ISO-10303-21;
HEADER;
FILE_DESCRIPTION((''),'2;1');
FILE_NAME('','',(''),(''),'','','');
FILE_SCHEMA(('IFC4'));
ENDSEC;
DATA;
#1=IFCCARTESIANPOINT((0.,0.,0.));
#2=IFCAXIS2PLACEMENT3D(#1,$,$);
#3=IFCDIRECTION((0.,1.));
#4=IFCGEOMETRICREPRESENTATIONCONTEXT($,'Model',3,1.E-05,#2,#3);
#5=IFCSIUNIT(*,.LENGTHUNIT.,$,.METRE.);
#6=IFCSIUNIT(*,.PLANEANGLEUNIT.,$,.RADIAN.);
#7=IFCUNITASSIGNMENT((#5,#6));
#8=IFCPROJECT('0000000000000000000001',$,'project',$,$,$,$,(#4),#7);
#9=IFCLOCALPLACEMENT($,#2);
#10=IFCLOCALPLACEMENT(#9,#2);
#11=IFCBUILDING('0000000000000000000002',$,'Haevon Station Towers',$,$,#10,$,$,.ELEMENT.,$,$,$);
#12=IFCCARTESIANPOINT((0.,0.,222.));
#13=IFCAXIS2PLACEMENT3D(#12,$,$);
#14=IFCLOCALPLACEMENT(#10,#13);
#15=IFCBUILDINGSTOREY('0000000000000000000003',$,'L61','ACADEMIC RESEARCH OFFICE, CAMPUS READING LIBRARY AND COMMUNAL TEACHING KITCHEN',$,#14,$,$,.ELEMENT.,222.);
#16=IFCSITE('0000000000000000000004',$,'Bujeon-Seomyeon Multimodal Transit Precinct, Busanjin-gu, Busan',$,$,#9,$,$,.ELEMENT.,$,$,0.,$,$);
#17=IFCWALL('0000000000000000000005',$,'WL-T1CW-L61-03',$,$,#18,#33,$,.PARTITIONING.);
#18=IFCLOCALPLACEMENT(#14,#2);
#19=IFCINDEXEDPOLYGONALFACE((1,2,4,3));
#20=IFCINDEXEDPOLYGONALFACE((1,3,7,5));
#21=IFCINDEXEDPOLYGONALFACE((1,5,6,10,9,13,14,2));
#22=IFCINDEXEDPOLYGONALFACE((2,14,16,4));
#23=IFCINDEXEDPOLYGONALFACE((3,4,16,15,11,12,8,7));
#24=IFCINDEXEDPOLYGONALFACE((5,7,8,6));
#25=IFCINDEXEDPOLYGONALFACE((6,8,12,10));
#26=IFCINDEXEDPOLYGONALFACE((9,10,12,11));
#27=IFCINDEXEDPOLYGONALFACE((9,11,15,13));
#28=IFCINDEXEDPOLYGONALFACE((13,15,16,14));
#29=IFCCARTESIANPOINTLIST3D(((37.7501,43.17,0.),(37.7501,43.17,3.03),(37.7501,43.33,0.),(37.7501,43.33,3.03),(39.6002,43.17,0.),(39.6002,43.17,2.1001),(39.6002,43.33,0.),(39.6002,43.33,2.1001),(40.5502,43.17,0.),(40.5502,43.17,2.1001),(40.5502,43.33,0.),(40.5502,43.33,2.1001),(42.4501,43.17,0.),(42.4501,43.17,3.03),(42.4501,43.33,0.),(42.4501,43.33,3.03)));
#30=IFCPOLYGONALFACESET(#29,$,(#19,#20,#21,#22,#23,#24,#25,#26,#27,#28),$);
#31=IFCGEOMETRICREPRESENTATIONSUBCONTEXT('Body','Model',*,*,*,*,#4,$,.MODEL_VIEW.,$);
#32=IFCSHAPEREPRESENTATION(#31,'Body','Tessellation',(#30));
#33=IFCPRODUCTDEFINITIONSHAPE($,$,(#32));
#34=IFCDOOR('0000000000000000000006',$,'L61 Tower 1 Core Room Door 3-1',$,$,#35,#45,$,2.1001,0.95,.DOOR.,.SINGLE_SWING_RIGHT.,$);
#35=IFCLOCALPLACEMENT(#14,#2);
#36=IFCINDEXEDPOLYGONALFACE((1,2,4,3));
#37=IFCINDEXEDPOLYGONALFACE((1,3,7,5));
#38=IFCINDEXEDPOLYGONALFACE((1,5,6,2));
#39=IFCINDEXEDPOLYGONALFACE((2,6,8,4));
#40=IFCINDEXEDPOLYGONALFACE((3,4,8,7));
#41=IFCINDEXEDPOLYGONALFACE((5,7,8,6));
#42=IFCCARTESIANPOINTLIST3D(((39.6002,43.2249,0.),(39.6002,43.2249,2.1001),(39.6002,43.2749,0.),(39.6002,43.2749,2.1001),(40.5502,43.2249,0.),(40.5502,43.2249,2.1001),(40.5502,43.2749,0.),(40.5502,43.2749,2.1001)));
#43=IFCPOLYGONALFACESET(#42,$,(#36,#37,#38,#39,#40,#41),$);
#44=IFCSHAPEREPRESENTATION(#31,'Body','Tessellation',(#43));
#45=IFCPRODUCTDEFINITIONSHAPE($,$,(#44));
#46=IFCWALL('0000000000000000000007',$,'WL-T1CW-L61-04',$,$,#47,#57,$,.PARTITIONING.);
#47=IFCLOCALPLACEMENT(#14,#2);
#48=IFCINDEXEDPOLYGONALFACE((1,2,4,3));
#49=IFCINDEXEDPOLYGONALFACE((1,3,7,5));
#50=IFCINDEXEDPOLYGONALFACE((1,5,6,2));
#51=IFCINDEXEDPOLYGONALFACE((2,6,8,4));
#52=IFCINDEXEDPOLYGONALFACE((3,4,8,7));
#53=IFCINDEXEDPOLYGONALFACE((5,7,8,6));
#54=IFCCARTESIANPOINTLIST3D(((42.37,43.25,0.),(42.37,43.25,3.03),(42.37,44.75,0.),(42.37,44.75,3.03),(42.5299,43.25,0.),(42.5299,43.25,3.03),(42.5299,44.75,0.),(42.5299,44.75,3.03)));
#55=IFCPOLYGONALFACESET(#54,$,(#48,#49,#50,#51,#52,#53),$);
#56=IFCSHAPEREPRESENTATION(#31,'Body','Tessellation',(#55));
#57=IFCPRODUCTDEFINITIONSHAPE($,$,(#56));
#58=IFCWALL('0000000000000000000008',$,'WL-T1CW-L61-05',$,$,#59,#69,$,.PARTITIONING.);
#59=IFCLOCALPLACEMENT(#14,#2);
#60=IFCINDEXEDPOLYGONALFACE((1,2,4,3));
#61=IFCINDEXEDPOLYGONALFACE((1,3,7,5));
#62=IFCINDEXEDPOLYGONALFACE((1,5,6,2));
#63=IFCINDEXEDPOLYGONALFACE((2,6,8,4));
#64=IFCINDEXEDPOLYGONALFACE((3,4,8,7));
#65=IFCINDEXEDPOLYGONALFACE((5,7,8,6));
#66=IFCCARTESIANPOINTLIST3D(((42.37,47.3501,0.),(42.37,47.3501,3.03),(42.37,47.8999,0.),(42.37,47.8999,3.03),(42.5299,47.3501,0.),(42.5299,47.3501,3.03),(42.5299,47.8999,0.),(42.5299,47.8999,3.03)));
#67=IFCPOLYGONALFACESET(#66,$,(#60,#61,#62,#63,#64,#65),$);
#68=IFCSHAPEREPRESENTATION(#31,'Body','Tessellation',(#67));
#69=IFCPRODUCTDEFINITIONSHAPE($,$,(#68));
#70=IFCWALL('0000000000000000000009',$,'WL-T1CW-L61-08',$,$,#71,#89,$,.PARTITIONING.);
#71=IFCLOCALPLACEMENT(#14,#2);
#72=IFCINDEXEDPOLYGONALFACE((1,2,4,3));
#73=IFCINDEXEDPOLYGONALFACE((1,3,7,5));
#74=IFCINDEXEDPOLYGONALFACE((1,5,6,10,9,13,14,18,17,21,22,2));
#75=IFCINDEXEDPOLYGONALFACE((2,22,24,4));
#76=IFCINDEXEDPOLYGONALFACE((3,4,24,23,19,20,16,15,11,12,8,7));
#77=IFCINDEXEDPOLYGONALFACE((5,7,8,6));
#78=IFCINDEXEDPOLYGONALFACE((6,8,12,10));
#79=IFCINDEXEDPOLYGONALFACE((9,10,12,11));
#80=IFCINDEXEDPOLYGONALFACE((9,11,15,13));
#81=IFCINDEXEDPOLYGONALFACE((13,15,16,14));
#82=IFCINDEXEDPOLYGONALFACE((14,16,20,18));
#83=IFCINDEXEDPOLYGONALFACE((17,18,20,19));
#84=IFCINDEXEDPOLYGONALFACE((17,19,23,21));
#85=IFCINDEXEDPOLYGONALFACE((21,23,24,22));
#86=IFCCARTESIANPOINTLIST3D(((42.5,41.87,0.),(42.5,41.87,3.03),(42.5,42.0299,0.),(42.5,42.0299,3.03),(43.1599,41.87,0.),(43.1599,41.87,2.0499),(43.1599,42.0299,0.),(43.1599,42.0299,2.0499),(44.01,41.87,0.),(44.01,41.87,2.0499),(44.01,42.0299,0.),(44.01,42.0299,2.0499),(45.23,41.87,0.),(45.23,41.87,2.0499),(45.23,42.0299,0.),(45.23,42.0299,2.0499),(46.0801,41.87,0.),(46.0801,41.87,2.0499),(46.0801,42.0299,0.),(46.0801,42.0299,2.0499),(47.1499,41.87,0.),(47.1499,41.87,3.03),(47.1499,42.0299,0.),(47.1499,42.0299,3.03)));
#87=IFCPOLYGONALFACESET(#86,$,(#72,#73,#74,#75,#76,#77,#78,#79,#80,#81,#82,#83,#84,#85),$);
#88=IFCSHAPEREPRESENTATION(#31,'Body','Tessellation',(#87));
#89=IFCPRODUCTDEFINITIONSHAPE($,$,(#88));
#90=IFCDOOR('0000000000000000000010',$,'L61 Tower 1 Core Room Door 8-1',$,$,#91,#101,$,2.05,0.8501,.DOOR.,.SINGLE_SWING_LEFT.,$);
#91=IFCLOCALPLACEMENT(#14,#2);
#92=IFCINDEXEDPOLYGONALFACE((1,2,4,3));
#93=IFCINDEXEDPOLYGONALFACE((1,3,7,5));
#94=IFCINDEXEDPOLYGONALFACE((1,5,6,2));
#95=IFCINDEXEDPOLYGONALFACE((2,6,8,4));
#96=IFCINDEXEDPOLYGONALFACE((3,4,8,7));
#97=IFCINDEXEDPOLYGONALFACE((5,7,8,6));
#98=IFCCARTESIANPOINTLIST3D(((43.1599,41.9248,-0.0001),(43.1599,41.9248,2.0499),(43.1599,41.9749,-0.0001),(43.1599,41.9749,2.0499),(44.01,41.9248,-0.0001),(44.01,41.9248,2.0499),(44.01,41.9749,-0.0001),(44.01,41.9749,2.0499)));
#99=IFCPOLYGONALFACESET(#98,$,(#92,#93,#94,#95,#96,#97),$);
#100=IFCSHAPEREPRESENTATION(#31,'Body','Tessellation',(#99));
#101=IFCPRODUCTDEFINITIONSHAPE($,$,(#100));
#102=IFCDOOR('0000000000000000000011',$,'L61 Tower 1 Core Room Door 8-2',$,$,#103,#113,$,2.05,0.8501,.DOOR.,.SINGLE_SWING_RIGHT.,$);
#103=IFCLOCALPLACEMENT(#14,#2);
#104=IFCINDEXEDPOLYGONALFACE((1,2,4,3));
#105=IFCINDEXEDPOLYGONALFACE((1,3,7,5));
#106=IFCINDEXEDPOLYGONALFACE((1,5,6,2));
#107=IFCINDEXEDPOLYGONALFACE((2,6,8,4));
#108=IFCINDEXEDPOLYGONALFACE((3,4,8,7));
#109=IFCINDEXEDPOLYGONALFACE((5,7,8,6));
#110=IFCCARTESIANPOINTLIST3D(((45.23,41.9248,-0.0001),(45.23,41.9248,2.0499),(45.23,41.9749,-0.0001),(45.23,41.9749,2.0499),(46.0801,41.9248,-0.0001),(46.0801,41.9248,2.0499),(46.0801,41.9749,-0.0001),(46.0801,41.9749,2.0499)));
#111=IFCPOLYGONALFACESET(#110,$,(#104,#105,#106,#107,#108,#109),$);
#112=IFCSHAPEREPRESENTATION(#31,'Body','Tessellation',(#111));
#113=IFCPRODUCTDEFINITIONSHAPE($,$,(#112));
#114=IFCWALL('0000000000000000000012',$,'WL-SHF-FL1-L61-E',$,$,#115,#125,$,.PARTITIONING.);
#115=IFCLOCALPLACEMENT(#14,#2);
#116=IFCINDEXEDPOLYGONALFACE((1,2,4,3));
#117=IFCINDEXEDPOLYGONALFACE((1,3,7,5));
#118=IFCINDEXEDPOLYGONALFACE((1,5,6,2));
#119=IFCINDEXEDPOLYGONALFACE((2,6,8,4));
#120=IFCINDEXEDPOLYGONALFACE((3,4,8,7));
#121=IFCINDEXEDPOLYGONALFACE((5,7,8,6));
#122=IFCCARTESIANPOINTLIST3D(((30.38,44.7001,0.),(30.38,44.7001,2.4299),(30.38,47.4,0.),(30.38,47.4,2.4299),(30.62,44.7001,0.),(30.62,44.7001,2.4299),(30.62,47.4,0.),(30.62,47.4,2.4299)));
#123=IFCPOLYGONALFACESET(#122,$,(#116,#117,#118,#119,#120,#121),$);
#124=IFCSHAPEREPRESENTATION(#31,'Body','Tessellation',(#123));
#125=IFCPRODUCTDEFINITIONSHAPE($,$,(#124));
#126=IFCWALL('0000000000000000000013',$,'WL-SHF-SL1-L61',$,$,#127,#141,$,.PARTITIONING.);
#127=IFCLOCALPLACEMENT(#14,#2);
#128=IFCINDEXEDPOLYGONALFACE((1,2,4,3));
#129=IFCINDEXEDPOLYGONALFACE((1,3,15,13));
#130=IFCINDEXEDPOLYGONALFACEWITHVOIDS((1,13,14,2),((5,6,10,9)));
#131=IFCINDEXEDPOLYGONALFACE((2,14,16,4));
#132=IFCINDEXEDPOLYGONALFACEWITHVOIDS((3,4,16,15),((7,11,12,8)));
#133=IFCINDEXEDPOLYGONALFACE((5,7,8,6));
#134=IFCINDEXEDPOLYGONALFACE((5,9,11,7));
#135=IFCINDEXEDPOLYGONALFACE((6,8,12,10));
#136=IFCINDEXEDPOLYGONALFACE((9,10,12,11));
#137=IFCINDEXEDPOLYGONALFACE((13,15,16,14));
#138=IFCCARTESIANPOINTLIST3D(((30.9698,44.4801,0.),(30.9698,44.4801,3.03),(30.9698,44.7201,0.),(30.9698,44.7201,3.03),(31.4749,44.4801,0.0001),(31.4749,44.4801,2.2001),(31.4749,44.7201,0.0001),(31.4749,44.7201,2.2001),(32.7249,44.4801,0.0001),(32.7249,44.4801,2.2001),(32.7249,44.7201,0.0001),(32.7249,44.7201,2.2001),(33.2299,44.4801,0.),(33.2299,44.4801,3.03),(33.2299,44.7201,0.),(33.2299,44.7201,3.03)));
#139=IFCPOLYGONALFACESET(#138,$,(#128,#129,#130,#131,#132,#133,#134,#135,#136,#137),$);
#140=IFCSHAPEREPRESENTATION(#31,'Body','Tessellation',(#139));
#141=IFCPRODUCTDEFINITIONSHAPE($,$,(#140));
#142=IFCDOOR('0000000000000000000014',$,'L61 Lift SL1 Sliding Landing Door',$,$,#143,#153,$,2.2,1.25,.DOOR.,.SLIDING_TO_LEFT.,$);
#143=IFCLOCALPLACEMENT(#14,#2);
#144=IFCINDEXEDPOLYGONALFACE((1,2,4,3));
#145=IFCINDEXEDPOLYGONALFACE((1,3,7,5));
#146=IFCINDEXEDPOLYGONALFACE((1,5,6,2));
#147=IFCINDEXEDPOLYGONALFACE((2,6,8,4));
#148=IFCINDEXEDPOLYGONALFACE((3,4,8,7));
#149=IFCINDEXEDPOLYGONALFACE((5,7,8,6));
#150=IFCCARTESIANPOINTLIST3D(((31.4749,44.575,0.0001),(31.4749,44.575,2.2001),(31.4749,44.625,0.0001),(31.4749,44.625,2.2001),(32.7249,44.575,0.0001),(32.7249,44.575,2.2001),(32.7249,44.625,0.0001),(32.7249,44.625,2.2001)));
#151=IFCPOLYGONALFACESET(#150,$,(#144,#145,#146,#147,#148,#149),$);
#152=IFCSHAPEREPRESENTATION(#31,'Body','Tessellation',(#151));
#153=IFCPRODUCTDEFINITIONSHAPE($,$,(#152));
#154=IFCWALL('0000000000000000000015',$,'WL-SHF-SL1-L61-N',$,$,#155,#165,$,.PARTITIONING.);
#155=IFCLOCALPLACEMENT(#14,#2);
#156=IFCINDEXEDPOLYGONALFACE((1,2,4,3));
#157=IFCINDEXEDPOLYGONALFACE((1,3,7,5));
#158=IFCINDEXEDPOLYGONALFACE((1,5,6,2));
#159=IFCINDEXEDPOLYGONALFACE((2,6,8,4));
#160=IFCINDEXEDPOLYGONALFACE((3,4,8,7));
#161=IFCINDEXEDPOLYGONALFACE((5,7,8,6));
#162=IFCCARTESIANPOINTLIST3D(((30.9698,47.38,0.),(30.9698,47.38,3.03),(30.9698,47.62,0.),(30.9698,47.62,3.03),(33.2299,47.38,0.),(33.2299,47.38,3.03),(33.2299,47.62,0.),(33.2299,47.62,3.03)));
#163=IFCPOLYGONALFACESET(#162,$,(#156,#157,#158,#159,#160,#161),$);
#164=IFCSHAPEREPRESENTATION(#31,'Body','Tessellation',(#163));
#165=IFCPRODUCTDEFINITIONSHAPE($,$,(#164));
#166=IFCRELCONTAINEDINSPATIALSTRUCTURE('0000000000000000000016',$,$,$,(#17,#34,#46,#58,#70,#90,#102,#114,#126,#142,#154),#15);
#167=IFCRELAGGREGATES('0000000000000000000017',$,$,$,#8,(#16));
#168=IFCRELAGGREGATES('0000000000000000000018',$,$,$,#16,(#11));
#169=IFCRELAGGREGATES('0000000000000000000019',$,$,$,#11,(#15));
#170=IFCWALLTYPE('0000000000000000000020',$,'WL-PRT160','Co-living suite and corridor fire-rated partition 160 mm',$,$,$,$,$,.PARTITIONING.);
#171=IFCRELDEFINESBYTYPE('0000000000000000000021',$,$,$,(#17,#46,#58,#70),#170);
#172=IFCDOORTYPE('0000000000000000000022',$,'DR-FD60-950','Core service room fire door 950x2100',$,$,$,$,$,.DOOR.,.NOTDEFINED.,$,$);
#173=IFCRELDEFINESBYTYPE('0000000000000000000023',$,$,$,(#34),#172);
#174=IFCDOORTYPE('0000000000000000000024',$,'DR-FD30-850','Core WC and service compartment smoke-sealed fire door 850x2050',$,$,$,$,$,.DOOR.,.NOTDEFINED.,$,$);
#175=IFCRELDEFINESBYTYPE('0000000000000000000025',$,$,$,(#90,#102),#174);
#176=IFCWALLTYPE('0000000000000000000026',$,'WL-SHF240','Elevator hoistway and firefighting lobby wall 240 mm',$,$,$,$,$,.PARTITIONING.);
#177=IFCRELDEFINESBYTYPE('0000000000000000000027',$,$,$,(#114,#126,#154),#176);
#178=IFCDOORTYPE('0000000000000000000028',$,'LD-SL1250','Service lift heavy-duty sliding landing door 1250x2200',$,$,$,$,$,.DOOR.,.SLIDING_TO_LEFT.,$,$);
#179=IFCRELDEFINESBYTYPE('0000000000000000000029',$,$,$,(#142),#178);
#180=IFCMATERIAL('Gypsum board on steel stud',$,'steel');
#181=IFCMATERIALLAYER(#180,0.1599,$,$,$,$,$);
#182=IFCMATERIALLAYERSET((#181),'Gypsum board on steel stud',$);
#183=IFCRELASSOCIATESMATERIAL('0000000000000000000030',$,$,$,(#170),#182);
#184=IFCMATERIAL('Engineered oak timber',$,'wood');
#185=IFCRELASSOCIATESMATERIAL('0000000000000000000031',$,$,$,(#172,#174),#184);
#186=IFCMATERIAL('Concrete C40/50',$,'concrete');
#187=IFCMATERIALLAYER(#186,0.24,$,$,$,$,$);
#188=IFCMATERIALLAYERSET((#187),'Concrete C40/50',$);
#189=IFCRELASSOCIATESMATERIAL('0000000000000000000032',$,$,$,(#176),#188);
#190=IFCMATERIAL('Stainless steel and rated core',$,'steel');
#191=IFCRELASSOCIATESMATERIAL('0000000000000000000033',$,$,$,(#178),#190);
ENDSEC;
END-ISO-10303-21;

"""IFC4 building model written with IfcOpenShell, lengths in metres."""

from ifc_helpers import new_model, si_unit, direction, frame, frame_2d, origin, place, context, subcontext, project, spatial, rectangle, extrude, material, layer, layer_set, type_object, element, fill, save


model = new_model("IFC4")

# Units and contexts
model_context = context("Model", 3, precision=1e-05, world=origin(), true_north=direction((0.0, 1.0)))
body_context = subcontext(model_context, "Body", "Model", "MODEL_VIEW")
ifc_project = project(units=[si_unit("LENGTHUNIT", "METRE"), si_unit("PLANEANGLEUNIT", "RADIAN")], contexts=[model_context])

# Site, building, storey
site_placement = place(None, origin())
site = spatial("IfcSite", under=ifc_project, at=site_placement, Name="Bujeon-Seomyeon Multimodal Transit Precinct, Busanjin-gu, Busan", CompositionType="ELEMENT", RefElevation=0.0)
building_placement = place(site_placement, origin())
building = spatial("IfcBuilding", under=site, at=building_placement, Name="Haevon Station Towers", CompositionType="ELEMENT")
storey_placement = place(building_placement, frame((0.0, 0.0, 222.0)))
storey = spatial("IfcBuildingStorey", under=building, at=storey_placement, Name="L61", Description="ACADEMIC RESEARCH OFFICE, CAMPUS READING LIBRARY AND COMMUNAL TEACHING KITCHEN", CompositionType="ELEMENT", Elevation=222.0)

# Shared definitions
ifc_material_1 = material(Name="Gypsum board on steel stud", Category="steel")
ifc_layer_1 = layer(ifc_material_1, 0.1599)
ifc_layer_set_1 = layer_set([ifc_layer_1], Name="Gypsum board on steel stud")
wall_type_1 = type_object("IfcWallType", Name="WL-PRT160", Description="Co-living suite and corridor fire-rated partition 160 mm", PredefinedType="PARTITIONING", material=ifc_layer_set_1)
ifc_material_2 = material(Name="Engineered oak timber", Category="wood")
door_type_1 = type_object("IfcDoorType", Name="DR-FD60-950", Description="Core service room fire door 950x2100", OperationType="NOTDEFINED", PredefinedType="DOOR", material=ifc_material_2)

# Wall, opening, door
wall_1_placement = place(storey_placement, frame((37.75, 43.25, 0.0), z_axis=(0.0, 0.0, 1.0), x_axis=(1.0, 0.0, 0.0)))
wall_1 = element("IfcWall", 1, at=wall_1_placement, inside=storey, type_object=wall_type_1, Name="WL-T1CW-L61-03", PredefinedType="PARTITIONING", context=body_context, shape_type="SweptSolid", body=[
    extrude(rectangle(XDim=4.7, YDim=0.1599, at=frame_2d((2.3501, 0.0))), origin(), (0.0, 0.0, 1.0), 3.03),
])
opening_1_placement = place(wall_1_placement, frame((1.8501, 0.0, 0.0)))
opening_1 = element("IfcOpeningElement", 2, at=opening_1_placement, cuts=wall_1, PredefinedType="OPENING", context=body_context, shape_type="SweptSolid", body=[
    extrude(rectangle(XDim=0.95, YDim=2.1001, at=frame_2d((0.4751, 1.05))), frame((0.0, 0.0898, 0.0), z_axis=(0.0, -1.0, 0.0), x_axis=(1.0, 0.0, 0.0)), (0.0, 0.0, 1.0), 0.1799),
])
door_1_placement = place(opening_1_placement, origin())
door_1 = element("IfcDoor", 3, at=door_1_placement, inside=storey, type_object=door_type_1, Name="L61 Tower 1 Core Room Door 3-1", OperationType="SINGLE_SWING_RIGHT", OverallHeight=2.1001, OverallWidth=0.95, PredefinedType="DOOR", context=body_context, shape_type="SweptSolid", body=[
    extrude(rectangle(XDim=0.95, YDim=2.1001, at=frame_2d((0.4751, 1.05))), frame((0.0, 0.0249, 0.0), z_axis=(0.0, -1.0, 0.0), x_axis=(1.0, 0.0, 0.0)), (0.0, 0.0, 1.0), 0.05),
])
fill(opening_1, door_1)

# Walls
wall_2_placement = place(storey_placement, frame((42.45, 43.25, 0.0), z_axis=(0.0, 0.0, 1.0), x_axis=(0.0, 1.0, 0.0)))
element("IfcWall", 4, at=wall_2_placement, inside=storey, type_object=wall_type_1, Name="WL-T1CW-L61-04", PredefinedType="PARTITIONING", context=body_context, shape_type="SweptSolid", body=[
    extrude(rectangle(XDim=1.5, YDim=0.1599, at=frame_2d((0.75, 0.0))), origin(), (0.0, 0.0, 1.0), 3.03),
])
wall_3_placement = place(storey_placement, frame((42.45, 47.3501, 0.0), z_axis=(0.0, 0.0, 1.0), x_axis=(0.0, 1.0, 0.0)))
element("IfcWall", 5, at=wall_3_placement, inside=storey, type_object=wall_type_1, Name="WL-T1CW-L61-05", PredefinedType="PARTITIONING", context=body_context, shape_type="SweptSolid", body=[
    extrude(rectangle(XDim=0.5498, YDim=0.1599, at=frame_2d((0.2749, 0.0))), origin(), (0.0, 0.0, 1.0), 3.03),
])

# Wall, openings, doors
wall_4_placement = place(storey_placement, frame((42.5, 41.95, 0.0), z_axis=(0.0, 0.0, 1.0), x_axis=(1.0, 0.0, 0.0)))
wall_4 = element("IfcWall", 6, at=wall_4_placement, inside=storey, type_object=wall_type_1, Name="WL-T1CW-L61-08", PredefinedType="PARTITIONING", context=body_context, shape_type="SweptSolid", body=[
    extrude(rectangle(XDim=4.6499, YDim=0.1599, at=frame_2d((2.325, 0.0))), origin(), (0.0, 0.0, 1.0), 3.03),
])
opening_2_placement = place(wall_4_placement, frame((0.6599, 0.0, 0.0)))
opening_2 = element("IfcOpeningElement", 7, at=opening_2_placement, cuts=wall_4, PredefinedType="OPENING", context=body_context, shape_type="SweptSolid", body=[
    extrude(rectangle(XDim=0.8501, YDim=2.05, at=frame_2d((0.425, 1.0249))), frame((0.0, 0.0898, 0.0), z_axis=(0.0, -1.0, 0.0), x_axis=(1.0, 0.0, 0.0)), (0.0, 0.0, 1.0), 0.1799),
])
opening_3_placement = place(wall_4_placement, frame((2.73, 0.0, 0.0)))
opening_3 = element("IfcOpeningElement", 8, at=opening_3_placement, cuts=wall_4, PredefinedType="OPENING", context=body_context, shape_type="SweptSolid", body=[
    extrude(rectangle(XDim=0.8501, YDim=2.05, at=frame_2d((0.425, 1.0249))), frame((0.0, 0.0898, 0.0), z_axis=(0.0, -1.0, 0.0), x_axis=(1.0, 0.0, 0.0)), (0.0, 0.0, 1.0), 0.1799),
])
door_type_2 = type_object("IfcDoorType", Name="DR-FD30-850", Description="Core WC and service compartment smoke-sealed fire door 850x2050", OperationType="NOTDEFINED", PredefinedType="DOOR", material=ifc_material_2)
door_2_placement = place(opening_2_placement, origin())
door_2 = element("IfcDoor", 9, at=door_2_placement, inside=storey, type_object=door_type_2, Name="L61 Tower 1 Core Room Door 8-1", OperationType="SINGLE_SWING_LEFT", OverallHeight=2.05, OverallWidth=0.8501, PredefinedType="DOOR", context=body_context, shape_type="SweptSolid", body=[
    extrude(rectangle(XDim=0.8501, YDim=2.05, at=frame_2d((0.425, 1.0249))), frame((0.0, 0.0249, 0.0), z_axis=(0.0, -1.0, 0.0), x_axis=(1.0, 0.0, 0.0)), (0.0, 0.0, 1.0), 0.05),
])
fill(opening_2, door_2)
door_3_placement = place(opening_3_placement, origin())
door_3 = element("IfcDoor", 10, at=door_3_placement, inside=storey, type_object=door_type_2, Name="L61 Tower 1 Core Room Door 8-2", OperationType="SINGLE_SWING_RIGHT", OverallHeight=2.05, OverallWidth=0.8501, PredefinedType="DOOR", context=body_context, shape_type="SweptSolid", body=[
    extrude(rectangle(XDim=0.8501, YDim=2.05, at=frame_2d((0.425, 1.0249))), frame((0.0, 0.0249, 0.0), z_axis=(0.0, -1.0, 0.0), x_axis=(1.0, 0.0, 0.0)), (0.0, 0.0, 1.0), 0.05),
])
fill(opening_3, door_3)

# Wall
ifc_material_3 = material(Name="Concrete C40/50", Category="concrete")
ifc_layer_2 = layer(ifc_material_3, 0.24)
ifc_layer_set_2 = layer_set([ifc_layer_2], Name="Concrete C40/50")
wall_type_2 = type_object("IfcWallType", Name="WL-SHF240", Description="Elevator hoistway and firefighting lobby wall 240 mm", PredefinedType="PARTITIONING", material=ifc_layer_set_2)
wall_5_placement = place(storey_placement, frame((30.5, 44.7, 0.0), z_axis=(0.0, 0.0, 1.0), x_axis=(0.0, 1.0, 0.0)))
element("IfcWall", 11, at=wall_5_placement, inside=storey, type_object=wall_type_2, Name="WL-SHF-FL1-L61-E", PredefinedType="PARTITIONING", context=body_context, shape_type="SweptSolid", body=[
    extrude(rectangle(XDim=2.7, YDim=0.24, at=frame_2d((1.3501, 0.0))), origin(), (0.0, 0.0, 1.0), 2.4299),
])

# Wall, opening, door
wall_6_placement = place(storey_placement, frame((30.97, 44.6001, 0.0), z_axis=(0.0, 0.0, 1.0), x_axis=(1.0, 0.0, 0.0)))
wall_6 = element("IfcWall", 12, at=wall_6_placement, inside=storey, type_object=wall_type_2, Name="WL-SHF-SL1-L61", PredefinedType="PARTITIONING", context=body_context, shape_type="SweptSolid", body=[
    extrude(rectangle(XDim=2.26, YDim=0.24, at=frame_2d((1.1299, 0.0))), origin(), (0.0, 0.0, 1.0), 3.03),
])
opening_4_placement = place(wall_6_placement, frame((0.5049, 0.0, 0.0)))
opening_4 = element("IfcOpeningElement", 13, at=opening_4_placement, cuts=wall_6, PredefinedType="OPENING", context=body_context, shape_type="SweptSolid", body=[
    extrude(rectangle(XDim=1.25, YDim=2.2, at=frame_2d((0.625, 1.1001))), frame((0.0, 0.1299, 0.0), z_axis=(0.0, -1.0, 0.0), x_axis=(1.0, 0.0, 0.0)), (0.0, 0.0, 1.0), 0.26),
])
ifc_material_4 = material(Name="Stainless steel and rated core", Category="steel")
door_type_3 = type_object("IfcDoorType", Name="LD-SL1250", Description="Service lift heavy-duty sliding landing door 1250x2200", OperationType="SLIDING_TO_LEFT", PredefinedType="DOOR", material=ifc_material_4)
door_4_placement = place(opening_4_placement, origin())
door_4 = element("IfcDoor", 14, at=door_4_placement, inside=storey, type_object=door_type_3, Name="L61 Lift SL1 Sliding Landing Door", OperationType="SLIDING_TO_LEFT", OverallHeight=2.2, OverallWidth=1.25, PredefinedType="DOOR", context=body_context, shape_type="SweptSolid", body=[
    extrude(rectangle(XDim=1.25, YDim=2.2, at=frame_2d((0.625, 1.1001))), frame((0.0, 0.0249, 0.0), z_axis=(0.0, -1.0, 0.0), x_axis=(1.0, 0.0, 0.0)), (0.0, 0.0, 1.0), 0.05),
])
fill(opening_4, door_4)

# Wall
wall_7_placement = place(storey_placement, frame((30.97, 47.5, 0.0), z_axis=(0.0, 0.0, 1.0), x_axis=(1.0, 0.0, 0.0)))
element("IfcWall", 15, at=wall_7_placement, inside=storey, type_object=wall_type_2, Name="WL-SHF-SL1-L61-N", PredefinedType="PARTITIONING", context=body_context, shape_type="SweptSolid", body=[
    extrude(rectangle(XDim=2.26, YDim=0.24, at=frame_2d((1.1299, 0.0))), origin(), (0.0, 0.0, 1.0), 3.03),
])

save(model, "model.ifc")
